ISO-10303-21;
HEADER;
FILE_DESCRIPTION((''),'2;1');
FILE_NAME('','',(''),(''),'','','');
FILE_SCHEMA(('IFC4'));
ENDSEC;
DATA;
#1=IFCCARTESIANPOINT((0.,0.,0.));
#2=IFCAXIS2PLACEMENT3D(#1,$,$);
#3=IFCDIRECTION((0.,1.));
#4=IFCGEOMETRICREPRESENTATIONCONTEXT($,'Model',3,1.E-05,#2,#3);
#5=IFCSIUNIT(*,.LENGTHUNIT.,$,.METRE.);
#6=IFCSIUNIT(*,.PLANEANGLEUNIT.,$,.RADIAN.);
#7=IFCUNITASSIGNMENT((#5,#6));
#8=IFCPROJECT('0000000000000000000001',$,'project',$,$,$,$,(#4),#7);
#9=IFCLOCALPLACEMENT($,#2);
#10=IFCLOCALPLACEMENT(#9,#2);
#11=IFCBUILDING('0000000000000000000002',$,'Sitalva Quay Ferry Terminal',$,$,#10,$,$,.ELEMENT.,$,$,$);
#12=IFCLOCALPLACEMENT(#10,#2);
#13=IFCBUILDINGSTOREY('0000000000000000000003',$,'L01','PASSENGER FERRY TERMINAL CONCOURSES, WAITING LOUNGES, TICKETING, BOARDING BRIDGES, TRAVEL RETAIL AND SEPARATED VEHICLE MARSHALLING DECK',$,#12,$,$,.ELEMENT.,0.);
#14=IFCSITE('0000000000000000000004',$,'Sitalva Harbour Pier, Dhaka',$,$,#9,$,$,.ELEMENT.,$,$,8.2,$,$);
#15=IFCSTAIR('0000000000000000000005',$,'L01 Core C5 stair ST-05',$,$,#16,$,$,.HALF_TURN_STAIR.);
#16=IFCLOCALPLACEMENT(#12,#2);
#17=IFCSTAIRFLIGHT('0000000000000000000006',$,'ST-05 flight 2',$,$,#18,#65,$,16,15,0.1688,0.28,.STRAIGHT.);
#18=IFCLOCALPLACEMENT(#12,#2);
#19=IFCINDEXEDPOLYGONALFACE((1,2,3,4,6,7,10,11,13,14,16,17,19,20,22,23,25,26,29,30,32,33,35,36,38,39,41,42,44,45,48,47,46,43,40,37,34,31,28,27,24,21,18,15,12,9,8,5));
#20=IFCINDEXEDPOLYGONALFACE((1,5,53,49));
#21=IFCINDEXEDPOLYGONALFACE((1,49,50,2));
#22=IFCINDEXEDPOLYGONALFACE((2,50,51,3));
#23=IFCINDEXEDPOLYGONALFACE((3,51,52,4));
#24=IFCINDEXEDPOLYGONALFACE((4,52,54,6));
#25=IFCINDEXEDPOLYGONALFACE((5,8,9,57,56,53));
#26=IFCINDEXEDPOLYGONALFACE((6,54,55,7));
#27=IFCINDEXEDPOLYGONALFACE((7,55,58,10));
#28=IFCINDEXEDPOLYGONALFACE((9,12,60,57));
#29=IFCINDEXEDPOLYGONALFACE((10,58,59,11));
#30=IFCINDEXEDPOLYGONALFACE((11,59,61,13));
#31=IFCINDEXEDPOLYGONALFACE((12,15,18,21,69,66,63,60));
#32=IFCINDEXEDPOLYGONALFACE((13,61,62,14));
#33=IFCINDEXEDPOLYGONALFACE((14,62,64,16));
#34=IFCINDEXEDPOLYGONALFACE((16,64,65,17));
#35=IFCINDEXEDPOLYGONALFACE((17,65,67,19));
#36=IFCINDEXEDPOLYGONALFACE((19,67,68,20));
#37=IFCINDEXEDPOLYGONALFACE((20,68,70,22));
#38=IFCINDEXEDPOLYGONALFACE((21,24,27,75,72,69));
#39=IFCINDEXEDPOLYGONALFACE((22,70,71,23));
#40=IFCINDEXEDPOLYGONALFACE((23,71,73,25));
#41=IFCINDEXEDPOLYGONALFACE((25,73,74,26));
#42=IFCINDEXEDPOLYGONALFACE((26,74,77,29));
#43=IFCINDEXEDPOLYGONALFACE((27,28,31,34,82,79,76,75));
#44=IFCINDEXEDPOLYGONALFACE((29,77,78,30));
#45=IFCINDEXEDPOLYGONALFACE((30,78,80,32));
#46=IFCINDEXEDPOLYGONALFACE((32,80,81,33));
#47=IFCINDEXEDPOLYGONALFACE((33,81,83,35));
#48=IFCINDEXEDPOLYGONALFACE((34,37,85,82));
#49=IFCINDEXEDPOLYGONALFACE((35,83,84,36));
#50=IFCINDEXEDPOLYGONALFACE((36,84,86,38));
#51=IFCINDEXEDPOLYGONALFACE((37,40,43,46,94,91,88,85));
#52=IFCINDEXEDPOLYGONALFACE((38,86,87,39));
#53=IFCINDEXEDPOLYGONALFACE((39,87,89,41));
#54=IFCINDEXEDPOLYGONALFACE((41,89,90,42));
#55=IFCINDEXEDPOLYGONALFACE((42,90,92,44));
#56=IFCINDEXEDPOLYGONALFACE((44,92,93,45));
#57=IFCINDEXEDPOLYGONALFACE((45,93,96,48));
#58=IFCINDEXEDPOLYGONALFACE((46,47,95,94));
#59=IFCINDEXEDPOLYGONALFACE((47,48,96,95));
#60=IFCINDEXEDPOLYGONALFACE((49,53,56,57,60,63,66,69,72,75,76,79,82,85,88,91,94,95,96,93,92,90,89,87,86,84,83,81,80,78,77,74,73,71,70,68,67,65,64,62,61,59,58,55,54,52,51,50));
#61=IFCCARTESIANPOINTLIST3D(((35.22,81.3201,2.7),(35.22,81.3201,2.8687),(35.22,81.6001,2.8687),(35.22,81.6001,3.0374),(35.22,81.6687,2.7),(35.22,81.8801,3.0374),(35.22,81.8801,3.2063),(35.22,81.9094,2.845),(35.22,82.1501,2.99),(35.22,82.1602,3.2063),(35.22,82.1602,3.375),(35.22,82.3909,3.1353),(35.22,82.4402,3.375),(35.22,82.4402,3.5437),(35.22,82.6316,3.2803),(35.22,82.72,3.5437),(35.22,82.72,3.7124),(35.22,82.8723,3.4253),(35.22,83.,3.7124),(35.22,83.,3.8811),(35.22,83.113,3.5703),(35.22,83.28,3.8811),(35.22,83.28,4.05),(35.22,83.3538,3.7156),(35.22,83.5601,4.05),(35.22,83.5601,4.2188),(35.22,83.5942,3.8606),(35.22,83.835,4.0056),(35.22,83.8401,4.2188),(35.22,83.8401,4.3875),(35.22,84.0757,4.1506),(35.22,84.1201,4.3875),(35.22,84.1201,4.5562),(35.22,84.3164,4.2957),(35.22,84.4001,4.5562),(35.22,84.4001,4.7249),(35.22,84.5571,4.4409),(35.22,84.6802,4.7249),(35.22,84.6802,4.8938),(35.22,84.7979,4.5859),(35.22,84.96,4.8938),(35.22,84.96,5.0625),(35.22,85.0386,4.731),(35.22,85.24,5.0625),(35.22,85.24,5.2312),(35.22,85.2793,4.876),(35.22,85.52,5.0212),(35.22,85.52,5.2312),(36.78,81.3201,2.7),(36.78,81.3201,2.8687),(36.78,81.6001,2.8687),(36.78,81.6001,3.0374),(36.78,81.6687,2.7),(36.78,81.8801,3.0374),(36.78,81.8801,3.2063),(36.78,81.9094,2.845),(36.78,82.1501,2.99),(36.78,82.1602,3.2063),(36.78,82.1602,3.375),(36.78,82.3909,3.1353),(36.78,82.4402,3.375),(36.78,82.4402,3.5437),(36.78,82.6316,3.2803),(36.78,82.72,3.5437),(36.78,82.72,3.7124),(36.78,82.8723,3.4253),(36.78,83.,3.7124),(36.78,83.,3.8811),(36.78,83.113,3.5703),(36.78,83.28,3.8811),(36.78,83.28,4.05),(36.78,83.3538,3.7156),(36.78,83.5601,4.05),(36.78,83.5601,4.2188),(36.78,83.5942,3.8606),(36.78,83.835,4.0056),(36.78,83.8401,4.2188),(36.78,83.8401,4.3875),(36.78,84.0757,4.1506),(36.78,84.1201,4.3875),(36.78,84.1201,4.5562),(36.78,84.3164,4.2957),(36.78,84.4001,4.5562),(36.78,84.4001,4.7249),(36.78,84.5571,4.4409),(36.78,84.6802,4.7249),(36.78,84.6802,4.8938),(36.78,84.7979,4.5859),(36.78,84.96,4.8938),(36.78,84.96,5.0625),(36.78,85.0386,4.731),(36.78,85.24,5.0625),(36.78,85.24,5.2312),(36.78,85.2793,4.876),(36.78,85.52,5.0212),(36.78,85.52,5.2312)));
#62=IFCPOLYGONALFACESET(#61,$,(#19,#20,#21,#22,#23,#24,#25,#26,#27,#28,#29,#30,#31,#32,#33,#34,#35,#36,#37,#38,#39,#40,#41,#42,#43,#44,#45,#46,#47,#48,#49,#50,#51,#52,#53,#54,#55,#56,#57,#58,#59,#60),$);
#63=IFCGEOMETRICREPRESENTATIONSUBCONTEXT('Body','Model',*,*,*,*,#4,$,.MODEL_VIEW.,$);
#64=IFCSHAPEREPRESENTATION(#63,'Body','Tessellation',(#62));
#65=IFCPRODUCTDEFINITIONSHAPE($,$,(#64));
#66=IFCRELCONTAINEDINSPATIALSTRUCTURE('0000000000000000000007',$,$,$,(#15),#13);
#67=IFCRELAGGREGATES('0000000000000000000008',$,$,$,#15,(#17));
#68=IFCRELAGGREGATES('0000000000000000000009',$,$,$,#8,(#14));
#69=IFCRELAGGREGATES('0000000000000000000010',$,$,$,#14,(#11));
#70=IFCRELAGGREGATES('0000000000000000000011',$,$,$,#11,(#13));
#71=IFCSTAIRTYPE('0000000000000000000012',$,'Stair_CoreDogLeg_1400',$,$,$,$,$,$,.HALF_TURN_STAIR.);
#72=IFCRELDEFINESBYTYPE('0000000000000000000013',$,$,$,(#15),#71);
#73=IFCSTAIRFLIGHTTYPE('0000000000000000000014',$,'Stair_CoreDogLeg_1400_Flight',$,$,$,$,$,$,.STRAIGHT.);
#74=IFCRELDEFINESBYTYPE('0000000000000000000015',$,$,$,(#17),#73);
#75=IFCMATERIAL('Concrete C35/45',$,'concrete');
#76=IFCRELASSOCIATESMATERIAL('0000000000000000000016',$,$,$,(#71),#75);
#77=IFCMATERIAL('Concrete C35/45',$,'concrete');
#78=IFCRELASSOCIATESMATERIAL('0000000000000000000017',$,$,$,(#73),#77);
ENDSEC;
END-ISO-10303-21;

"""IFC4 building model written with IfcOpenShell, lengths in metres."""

from ifc_helpers import new_model, si_unit, direction, frame, origin, place, context, subcontext, project, spatial, polyline, outline, extrude, material, type_object, element, aggregate, save


model = new_model("IFC4")

# Units and contexts
model_context = context("Model", 3, precision=1e-05, world=origin(), true_north=direction((0.0, 1.0)))
body_context = subcontext(model_context, "Body", "Model", "MODEL_VIEW")
ifc_project = project(units=[si_unit("LENGTHUNIT", "METRE"), si_unit("PLANEANGLEUNIT", "RADIAN")], contexts=[model_context])

# Site, building, storey
site_placement = place(None, origin())
site = spatial("IfcSite", under=ifc_project, at=site_placement, Name="Sitalva Harbour Pier, Dhaka", CompositionType="ELEMENT", RefElevation=8.2)
building_placement = place(site_placement, origin())
building = spatial("IfcBuilding", under=site, at=building_placement, Name="Sitalva Quay Ferry Terminal", CompositionType="ELEMENT")
storey_placement = place(building_placement, origin())
storey = spatial("IfcBuildingStorey", under=building, at=storey_placement, Name="L01", Description="PASSENGER FERRY TERMINAL CONCOURSES, WAITING LOUNGES, TICKETING, BOARDING BRIDGES, TRAVEL RETAIL AND SEPARATED VEHICLE MARSHALLING DECK", CompositionType="ELEMENT", Elevation=0.0)

# Stair, stair flight
ifc_material_1 = material(Name="Concrete C35/45", Category="concrete")
stair_type = type_object("IfcStairType", Name="Stair_CoreDogLeg_1400", PredefinedType="HALF_TURN_STAIR", material=ifc_material_1)
stair_placement = place(storey_placement, origin())
stair = element("IfcStair", 1, at=stair_placement, inside=storey, type_object=stair_type, Name="L01 Core C5 stair ST-05", PredefinedType="HALF_TURN_STAIR")
ifc_material_2 = material(Name="Concrete C35/45", Category="concrete")
stair_flight_type = type_object("IfcStairFlightType", Name="Stair_CoreDogLeg_1400_Flight", PredefinedType="STRAIGHT", material=ifc_material_2)
stair_flight_1_placement = place(storey_placement, frame((36.0, 81.3201, 2.7), z_axis=(0.0, 0.0, 1.0), x_axis=(0.0, 1.0, 0.0)))
stair_flight_1 = element("IfcStairFlight", 2, at=stair_flight_1_placement, type_object=stair_flight_type, Name="ST-05 flight 2", NumberOfRisers=16, NumberOfTreads=15, PredefinedType="STRAIGHT", RiserHeight=0.1688, TreadLength=0.28, context=body_context, shape_type="SweptSolid", body=[
    extrude(outline(polyline([(0.0, 0.0), (0.0, 0.1687), (0.28, 0.1687), (0.28, 0.3374), (0.5601, 0.3374), (0.5601, 0.5063), (0.8401, 0.5063), (0.8401, 0.675), (1.1201, 0.675), (1.1201, 0.8438), (1.3999, 0.8438), (1.3999, 1.0125), (1.6799, 1.0125), (1.6799, 1.1812), (1.96, 1.1812), (1.96, 1.3501), (2.24, 1.3501), (2.24, 1.5188), (2.52, 1.5188), (2.52, 1.6875), (2.8, 1.6875), (2.8, 1.8562), (3.0801, 1.8562), (3.0801, 2.0249), (3.3601, 2.0249), (3.3601, 2.1938), (3.6399, 2.1938), (3.6399, 2.3625), (3.9199, 2.3625), (3.9199, 2.5312), (4.2, 2.5312), (4.2, 2.7), (4.2, 2.3213), (3.9592, 2.176), (3.7185, 2.031), (3.4778, 1.886), (3.2371, 1.741), (2.9963, 1.5957), (2.7556, 1.4507), (2.5149, 1.3057), (2.2742, 1.1606), (2.0337, 1.0156), (1.793, 0.8704), (1.5522, 0.7253), (1.3115, 0.5803), (1.0708, 0.4353), (0.8301, 0.29), (0.5894, 0.145), (0.3486, 0.0), (0.0, 0.0)])), frame((0.0, 0.78, 0.0), z_axis=(0.0, -1.0, 0.0), x_axis=(1.0, 0.0, 0.0)), (0.0, 0.0, 1.0), 1.5601),
])
aggregate(stair, [stair_flight_1])

save(model, "model.ifc")
